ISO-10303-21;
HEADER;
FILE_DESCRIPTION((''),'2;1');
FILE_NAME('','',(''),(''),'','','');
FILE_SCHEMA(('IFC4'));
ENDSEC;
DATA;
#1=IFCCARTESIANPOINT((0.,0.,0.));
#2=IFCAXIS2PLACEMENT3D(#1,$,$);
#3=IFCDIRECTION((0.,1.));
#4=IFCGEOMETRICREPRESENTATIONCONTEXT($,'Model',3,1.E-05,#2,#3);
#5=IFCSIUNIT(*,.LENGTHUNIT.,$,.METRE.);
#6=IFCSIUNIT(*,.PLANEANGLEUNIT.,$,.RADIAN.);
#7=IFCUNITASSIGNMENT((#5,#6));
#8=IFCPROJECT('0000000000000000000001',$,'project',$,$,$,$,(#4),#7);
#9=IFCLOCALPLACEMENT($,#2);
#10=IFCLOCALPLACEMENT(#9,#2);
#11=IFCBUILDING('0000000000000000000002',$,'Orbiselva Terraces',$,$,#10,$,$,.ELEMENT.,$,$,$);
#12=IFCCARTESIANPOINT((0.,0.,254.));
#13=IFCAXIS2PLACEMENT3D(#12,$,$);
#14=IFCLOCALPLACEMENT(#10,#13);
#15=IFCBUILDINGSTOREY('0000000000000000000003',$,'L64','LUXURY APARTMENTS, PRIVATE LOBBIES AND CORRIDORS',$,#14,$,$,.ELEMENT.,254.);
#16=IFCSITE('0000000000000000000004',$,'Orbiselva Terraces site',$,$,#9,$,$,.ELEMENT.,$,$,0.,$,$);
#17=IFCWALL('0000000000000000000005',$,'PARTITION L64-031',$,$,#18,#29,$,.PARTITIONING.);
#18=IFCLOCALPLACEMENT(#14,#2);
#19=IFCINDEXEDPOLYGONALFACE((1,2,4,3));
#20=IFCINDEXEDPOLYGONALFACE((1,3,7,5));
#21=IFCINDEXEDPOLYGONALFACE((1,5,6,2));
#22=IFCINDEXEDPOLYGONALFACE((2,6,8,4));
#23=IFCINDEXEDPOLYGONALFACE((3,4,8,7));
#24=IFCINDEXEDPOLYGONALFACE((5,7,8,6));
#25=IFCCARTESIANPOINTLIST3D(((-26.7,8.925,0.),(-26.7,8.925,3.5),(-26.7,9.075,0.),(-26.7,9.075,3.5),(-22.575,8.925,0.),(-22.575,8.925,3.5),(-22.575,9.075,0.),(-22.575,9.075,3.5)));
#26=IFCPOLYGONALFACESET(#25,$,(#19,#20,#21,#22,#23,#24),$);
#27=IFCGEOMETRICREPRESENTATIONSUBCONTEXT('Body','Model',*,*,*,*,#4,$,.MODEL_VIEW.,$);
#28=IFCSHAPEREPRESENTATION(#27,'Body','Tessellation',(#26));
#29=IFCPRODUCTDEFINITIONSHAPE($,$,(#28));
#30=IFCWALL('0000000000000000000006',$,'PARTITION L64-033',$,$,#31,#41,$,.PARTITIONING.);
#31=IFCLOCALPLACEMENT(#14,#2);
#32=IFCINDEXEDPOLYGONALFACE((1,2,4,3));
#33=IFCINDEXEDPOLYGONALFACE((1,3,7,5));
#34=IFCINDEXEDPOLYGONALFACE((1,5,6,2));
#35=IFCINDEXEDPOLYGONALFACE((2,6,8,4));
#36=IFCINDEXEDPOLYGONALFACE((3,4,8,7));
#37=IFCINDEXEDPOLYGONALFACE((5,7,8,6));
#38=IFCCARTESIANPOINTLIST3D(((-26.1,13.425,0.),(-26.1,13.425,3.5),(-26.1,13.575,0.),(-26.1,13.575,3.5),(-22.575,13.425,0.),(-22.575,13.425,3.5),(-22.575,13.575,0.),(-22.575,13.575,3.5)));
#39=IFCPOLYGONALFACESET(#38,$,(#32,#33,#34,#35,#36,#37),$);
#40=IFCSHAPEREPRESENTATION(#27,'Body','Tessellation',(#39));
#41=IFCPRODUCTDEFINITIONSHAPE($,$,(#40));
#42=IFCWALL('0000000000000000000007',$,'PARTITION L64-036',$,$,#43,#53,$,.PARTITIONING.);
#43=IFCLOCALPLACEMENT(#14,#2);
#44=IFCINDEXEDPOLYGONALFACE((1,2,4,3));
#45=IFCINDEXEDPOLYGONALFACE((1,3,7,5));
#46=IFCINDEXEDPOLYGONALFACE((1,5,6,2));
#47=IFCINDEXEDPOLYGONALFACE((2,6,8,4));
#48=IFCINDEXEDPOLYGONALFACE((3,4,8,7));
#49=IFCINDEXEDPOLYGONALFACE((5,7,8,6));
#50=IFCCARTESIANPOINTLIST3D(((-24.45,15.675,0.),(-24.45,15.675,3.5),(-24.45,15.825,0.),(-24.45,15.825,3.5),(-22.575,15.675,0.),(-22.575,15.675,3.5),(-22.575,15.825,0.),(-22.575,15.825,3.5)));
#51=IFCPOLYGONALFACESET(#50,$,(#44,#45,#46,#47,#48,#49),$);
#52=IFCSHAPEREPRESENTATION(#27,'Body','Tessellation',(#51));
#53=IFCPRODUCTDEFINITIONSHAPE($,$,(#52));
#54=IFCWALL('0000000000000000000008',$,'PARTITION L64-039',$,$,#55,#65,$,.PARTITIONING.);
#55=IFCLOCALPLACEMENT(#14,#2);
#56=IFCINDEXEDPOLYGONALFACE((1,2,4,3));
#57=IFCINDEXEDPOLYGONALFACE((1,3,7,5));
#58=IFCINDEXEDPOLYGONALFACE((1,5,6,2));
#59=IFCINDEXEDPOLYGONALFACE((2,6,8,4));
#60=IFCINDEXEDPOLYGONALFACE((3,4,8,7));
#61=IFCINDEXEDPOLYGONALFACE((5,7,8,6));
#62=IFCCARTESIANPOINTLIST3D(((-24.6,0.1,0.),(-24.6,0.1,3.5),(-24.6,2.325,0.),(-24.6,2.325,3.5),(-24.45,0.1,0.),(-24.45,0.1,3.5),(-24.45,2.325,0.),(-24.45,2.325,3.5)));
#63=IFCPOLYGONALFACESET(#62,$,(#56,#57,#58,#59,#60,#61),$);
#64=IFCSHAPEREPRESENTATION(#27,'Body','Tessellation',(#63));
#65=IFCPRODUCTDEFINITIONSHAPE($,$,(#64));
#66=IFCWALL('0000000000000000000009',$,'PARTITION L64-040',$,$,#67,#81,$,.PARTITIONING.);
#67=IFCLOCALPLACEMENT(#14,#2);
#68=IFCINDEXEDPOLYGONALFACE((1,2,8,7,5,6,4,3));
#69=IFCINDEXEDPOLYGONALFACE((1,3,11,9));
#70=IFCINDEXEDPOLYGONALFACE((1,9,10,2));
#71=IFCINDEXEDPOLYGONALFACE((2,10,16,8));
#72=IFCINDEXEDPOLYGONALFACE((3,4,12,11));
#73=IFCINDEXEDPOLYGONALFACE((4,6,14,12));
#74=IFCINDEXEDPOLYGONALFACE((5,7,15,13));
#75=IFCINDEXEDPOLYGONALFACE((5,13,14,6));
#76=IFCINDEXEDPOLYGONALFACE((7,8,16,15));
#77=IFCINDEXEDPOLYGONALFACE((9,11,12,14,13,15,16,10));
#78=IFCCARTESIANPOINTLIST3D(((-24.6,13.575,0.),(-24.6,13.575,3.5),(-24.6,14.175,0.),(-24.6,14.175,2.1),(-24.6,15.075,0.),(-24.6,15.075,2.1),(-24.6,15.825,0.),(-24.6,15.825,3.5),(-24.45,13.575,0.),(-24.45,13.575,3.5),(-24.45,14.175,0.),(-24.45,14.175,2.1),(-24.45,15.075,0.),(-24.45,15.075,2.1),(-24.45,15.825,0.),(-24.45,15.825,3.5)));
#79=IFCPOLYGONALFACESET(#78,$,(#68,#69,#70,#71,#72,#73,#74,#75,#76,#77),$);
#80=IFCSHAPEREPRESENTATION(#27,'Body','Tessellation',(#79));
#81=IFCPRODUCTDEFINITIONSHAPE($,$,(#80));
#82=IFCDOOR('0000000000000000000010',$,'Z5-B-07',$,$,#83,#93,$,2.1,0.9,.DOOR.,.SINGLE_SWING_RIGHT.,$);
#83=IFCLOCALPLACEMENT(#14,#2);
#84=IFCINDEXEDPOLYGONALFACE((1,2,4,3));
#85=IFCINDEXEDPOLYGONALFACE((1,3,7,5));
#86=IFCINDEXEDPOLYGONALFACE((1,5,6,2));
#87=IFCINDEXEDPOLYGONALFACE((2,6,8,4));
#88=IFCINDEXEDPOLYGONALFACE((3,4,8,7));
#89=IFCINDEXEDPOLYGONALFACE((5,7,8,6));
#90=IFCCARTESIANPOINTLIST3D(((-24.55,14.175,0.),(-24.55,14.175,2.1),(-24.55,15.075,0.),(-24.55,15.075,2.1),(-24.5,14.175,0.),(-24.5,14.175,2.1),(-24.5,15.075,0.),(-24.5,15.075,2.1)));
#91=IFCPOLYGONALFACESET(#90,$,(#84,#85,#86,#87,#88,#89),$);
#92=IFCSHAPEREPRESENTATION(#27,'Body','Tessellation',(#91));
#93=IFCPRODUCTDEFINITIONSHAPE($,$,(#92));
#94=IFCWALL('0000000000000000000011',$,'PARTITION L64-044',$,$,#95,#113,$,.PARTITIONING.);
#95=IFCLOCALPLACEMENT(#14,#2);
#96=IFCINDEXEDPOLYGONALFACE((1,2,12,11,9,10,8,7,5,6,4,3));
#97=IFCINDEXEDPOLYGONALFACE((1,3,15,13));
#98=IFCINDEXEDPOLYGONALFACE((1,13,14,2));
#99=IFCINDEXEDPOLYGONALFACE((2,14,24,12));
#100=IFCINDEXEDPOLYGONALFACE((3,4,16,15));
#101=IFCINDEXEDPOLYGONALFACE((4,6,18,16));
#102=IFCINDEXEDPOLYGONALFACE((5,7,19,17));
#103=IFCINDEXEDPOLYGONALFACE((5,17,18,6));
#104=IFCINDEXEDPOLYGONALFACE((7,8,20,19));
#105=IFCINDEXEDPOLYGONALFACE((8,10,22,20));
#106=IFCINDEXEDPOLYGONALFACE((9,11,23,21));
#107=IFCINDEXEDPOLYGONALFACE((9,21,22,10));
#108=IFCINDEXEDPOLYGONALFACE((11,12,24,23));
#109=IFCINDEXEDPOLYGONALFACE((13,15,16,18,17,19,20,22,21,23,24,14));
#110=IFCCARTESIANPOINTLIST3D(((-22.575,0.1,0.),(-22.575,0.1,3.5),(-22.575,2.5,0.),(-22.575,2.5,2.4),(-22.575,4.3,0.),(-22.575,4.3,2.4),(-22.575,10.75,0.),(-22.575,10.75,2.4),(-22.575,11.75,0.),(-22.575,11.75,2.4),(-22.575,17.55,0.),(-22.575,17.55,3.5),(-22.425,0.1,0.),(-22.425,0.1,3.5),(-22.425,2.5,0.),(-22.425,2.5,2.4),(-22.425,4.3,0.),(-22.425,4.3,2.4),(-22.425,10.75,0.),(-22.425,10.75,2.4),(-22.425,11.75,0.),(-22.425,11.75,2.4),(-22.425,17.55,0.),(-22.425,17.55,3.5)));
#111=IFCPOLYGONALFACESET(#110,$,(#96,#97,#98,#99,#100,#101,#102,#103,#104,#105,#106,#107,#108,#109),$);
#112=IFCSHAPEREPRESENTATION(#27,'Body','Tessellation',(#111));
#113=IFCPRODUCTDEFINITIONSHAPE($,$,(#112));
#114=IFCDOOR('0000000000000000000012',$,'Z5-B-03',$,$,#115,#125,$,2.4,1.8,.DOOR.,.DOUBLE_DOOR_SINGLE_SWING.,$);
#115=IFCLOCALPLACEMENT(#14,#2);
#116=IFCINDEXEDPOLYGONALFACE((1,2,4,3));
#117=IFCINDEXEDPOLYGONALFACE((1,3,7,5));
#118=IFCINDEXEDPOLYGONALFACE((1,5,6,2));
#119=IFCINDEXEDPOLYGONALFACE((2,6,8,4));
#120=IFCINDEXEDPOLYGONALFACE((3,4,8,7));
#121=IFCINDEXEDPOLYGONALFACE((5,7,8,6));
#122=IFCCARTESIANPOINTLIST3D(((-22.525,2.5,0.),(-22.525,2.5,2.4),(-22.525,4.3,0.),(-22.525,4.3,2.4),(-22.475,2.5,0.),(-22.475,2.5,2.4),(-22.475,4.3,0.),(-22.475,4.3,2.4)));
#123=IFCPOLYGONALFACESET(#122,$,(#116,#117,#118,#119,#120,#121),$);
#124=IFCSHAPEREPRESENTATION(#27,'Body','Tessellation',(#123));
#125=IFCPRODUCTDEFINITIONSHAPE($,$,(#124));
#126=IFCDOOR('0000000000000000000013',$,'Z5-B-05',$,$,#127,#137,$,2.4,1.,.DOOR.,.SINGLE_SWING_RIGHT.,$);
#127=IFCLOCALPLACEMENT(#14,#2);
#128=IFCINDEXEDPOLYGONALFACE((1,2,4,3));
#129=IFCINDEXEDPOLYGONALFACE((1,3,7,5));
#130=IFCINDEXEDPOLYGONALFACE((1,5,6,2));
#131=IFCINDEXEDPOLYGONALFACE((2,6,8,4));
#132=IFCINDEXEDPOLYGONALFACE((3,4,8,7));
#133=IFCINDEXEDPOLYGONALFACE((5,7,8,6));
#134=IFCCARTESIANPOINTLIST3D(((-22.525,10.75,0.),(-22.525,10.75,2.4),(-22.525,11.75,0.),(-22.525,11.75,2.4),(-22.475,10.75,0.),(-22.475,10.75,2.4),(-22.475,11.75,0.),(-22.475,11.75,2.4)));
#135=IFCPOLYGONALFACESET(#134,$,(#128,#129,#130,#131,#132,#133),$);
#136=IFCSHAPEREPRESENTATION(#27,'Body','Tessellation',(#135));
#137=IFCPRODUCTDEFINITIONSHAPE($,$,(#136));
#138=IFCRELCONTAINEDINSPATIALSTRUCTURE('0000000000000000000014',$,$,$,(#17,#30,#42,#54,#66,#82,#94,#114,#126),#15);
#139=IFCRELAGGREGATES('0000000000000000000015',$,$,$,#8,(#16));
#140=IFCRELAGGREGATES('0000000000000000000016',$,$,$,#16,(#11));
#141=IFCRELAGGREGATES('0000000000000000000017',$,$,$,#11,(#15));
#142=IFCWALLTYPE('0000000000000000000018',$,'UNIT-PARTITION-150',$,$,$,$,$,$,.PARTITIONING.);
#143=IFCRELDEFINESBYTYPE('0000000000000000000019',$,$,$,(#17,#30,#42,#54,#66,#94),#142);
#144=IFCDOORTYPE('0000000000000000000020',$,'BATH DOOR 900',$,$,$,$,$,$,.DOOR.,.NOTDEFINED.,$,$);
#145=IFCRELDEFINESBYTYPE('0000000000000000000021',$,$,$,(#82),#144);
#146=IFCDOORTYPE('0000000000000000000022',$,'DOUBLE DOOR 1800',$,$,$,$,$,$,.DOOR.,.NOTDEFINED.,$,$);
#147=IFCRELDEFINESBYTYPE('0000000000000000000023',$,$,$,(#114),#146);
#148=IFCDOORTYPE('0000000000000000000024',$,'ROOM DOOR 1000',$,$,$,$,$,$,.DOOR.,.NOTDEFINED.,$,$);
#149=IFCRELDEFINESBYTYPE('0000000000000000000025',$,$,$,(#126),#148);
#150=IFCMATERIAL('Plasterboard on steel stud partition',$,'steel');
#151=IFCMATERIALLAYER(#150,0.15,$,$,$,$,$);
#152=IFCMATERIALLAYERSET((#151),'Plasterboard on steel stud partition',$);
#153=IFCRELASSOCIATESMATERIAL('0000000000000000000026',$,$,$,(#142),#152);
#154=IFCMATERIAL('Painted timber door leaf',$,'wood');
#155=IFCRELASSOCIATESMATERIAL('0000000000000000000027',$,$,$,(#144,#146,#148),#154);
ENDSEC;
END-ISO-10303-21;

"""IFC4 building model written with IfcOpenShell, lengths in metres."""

from ifc_helpers import new_model, si_unit, direction, frame, frame_2d, origin, place, context, subcontext, project, spatial, rectangle, extrude, material, layer, layer_set, type_object, element, fill, save


model = new_model("IFC4")

# Units and contexts
model_context = context("Model", 3, precision=1e-05, world=origin(), true_north=direction((0.0, 1.0)))
body_context = subcontext(model_context, "Body", "Model", "MODEL_VIEW")
ifc_project = project(units=[si_unit("LENGTHUNIT", "METRE"), si_unit("PLANEANGLEUNIT", "RADIAN")], contexts=[model_context])

# Site, building, storey
site_placement = place(None, origin())
site = spatial("IfcSite", under=ifc_project, at=site_placement, Name="Orbiselva Terraces site", CompositionType="ELEMENT", RefElevation=0.0)
building_placement = place(site_placement, origin())
building = spatial("IfcBuilding", under=site, at=building_placement, Name="Orbiselva Terraces", CompositionType="ELEMENT")
storey_placement = place(building_placement, frame((0.0, 0.0, 254.0)))
storey = spatial("IfcBuildingStorey", under=building, at=storey_placement, Name="L64", Description="LUXURY APARTMENTS, PRIVATE LOBBIES AND CORRIDORS", CompositionType="ELEMENT", Elevation=254.0)

# Shared definitions
ifc_material_1 = material(Name="Plasterboard on steel stud partition", Category="steel")
ifc_material_2 = material(Name="Painted timber door leaf", Category="wood")

# Shared definitions
ifc_layer_1 = layer(ifc_material_1, 0.15)
ifc_layer_set_1 = layer_set([ifc_layer_1], Name="Plasterboard on steel stud partition")
wall_type_1 = type_object("IfcWallType", Name="UNIT-PARTITION-150", PredefinedType="PARTITIONING", material=ifc_layer_set_1)
door_type_1 = type_object("IfcDoorType", Name="BATH DOOR 900", OperationType="NOTDEFINED", PredefinedType="DOOR", material=ifc_material_2)

# Walls
wall_1_placement = place(storey_placement, frame((-26.7, 9.0, 0.0), z_axis=(0.0, 0.0, 1.0), x_axis=(1.0, 0.0, 0.0)))
element("IfcWall", 1, at=wall_1_placement, inside=storey, type_object=wall_type_1, Name="PARTITION L64-031", PredefinedType="PARTITIONING", context=body_context, shape_type="SweptSolid", body=[
    extrude(rectangle(XDim=4.125, YDim=0.15, at=frame_2d((2.0625, 0.0))), origin(), (0.0, 0.0, 1.0), 3.5),
])
wall_2_placement = place(storey_placement, frame((-26.1, 13.5, 0.0), z_axis=(0.0, 0.0, 1.0), x_axis=(1.0, 0.0, 0.0)))
element("IfcWall", 2, at=wall_2_placement, inside=storey, type_object=wall_type_1, Name="PARTITION L64-033", PredefinedType="PARTITIONING", context=body_context, shape_type="SweptSolid", body=[
    extrude(rectangle(XDim=3.525, YDim=0.15, at=frame_2d((1.7625, 0.0))), origin(), (0.0, 0.0, 1.0), 3.5),
])
wall_3_placement = place(storey_placement, frame((-24.45, 15.75, 0.0), z_axis=(0.0, 0.0, 1.0), x_axis=(1.0, 0.0, 0.0)))
element("IfcWall", 3, at=wall_3_placement, inside=storey, type_object=wall_type_1, Name="PARTITION L64-036", PredefinedType="PARTITIONING", context=body_context, shape_type="SweptSolid", body=[
    extrude(rectangle(XDim=1.875, YDim=0.15, at=frame_2d((0.9375, 0.0))), origin(), (0.0, 0.0, 1.0), 3.5),
])
wall_4_placement = place(storey_placement, frame((-24.525, 0.1, 0.0), z_axis=(0.0, 0.0, 1.0), x_axis=(0.0, 1.0, 0.0)))
element("IfcWall", 4, at=wall_4_placement, inside=storey, type_object=wall_type_1, Name="PARTITION L64-039", PredefinedType="PARTITIONING", context=body_context, shape_type="SweptSolid", body=[
    extrude(rectangle(XDim=2.225, YDim=0.15, at=frame_2d((1.1125, 0.0))), origin(), (0.0, 0.0, 1.0), 3.5),
])

# Wall, opening, door
wall_5_placement = place(storey_placement, frame((-24.525, 15.825, 0.0), z_axis=(0.0, 0.0, 1.0), x_axis=(0.0, -1.0, 0.0)))
wall_5 = element("IfcWall", 5, at=wall_5_placement, inside=storey, type_object=wall_type_1, Name="PARTITION L64-040", PredefinedType="PARTITIONING", context=body_context, shape_type="SweptSolid", body=[
    extrude(rectangle(XDim=2.25, YDim=0.15, at=frame_2d((1.125, 0.0))), origin(), (0.0, 0.0, 1.0), 3.5),
])
opening_1_placement = place(wall_5_placement, frame((0.75, 0.0, 0.0)))
opening_1 = element("IfcOpeningElement", 6, at=opening_1_placement, cuts=wall_5, PredefinedType="OPENING", context=body_context, shape_type="SweptSolid", body=[
    extrude(rectangle(XDim=0.9, YDim=2.1, at=frame_2d((0.45, 1.05))), frame((0.0, 0.085, 0.0), z_axis=(0.0, -1.0, 0.0), x_axis=(1.0, 0.0, 0.0)), (0.0, 0.0, 1.0), 0.17),
])
door_1_placement = place(opening_1_placement, origin())
door_1 = element("IfcDoor", 7, at=door_1_placement, inside=storey, type_object=door_type_1, Name="Z5-B-07", OperationType="SINGLE_SWING_RIGHT", OverallHeight=2.1, OverallWidth=0.9, PredefinedType="DOOR", context=body_context, shape_type="SweptSolid", body=[
    extrude(rectangle(XDim=0.9, YDim=2.1, at=frame_2d((0.45, 1.05))), frame((0.0, 0.025, 0.0), z_axis=(0.0, -1.0, 0.0), x_axis=(1.0, 0.0, 0.0)), (0.0, 0.0, 1.0), 0.05),
])
fill(opening_1, door_1)

# Wall, openings, doors
wall_6_placement = place(storey_placement, frame((-22.5, 0.1, 0.0), z_axis=(0.0, 0.0, 1.0), x_axis=(0.0, 1.0, 0.0)))
wall_6 = element("IfcWall", 8, at=wall_6_placement, inside=storey, type_object=wall_type_1, Name="PARTITION L64-044", PredefinedType="PARTITIONING", context=body_context, shape_type="SweptSolid", body=[
    extrude(rectangle(XDim=17.45, YDim=0.15, at=frame_2d((8.725, 0.0))), origin(), (0.0, 0.0, 1.0), 3.5),
])
opening_2_placement = place(wall_6_placement, frame((2.4, 0.0, 0.0)))
opening_2 = element("IfcOpeningElement", 9, at=opening_2_placement, cuts=wall_6, PredefinedType="OPENING", context=body_context, shape_type="SweptSolid", body=[
    extrude(rectangle(XDim=1.8, YDim=2.4, at=frame_2d((0.9, 1.2))), frame((0.0, 0.085, 0.0), z_axis=(0.0, -1.0, 0.0), x_axis=(1.0, 0.0, 0.0)), (0.0, 0.0, 1.0), 0.17),
])
opening_3_placement = place(wall_6_placement, frame((10.65, 0.0, 0.0)))
opening_3 = element("IfcOpeningElement", 10, at=opening_3_placement, cuts=wall_6, PredefinedType="OPENING", context=body_context, shape_type="SweptSolid", body=[
    extrude(rectangle(XDim=1.0, YDim=2.4, at=frame_2d((0.5, 1.2))), frame((0.0, 0.085, 0.0), z_axis=(0.0, -1.0, 0.0), x_axis=(1.0, 0.0, 0.0)), (0.0, 0.0, 1.0), 0.17),
])
door_type_2 = type_object("IfcDoorType", Name="DOUBLE DOOR 1800", OperationType="NOTDEFINED", PredefinedType="DOOR", material=ifc_material_2)
door_2_placement = place(opening_2_placement, origin())
door_2 = element("IfcDoor", 11, at=door_2_placement, inside=storey, type_object=door_type_2, Name="Z5-B-03", OperationType="DOUBLE_DOOR_SINGLE_SWING", OverallHeight=2.4, OverallWidth=1.8, PredefinedType="DOOR", context=body_context, shape_type="SweptSolid", body=[
    extrude(rectangle(XDim=1.8, YDim=2.4, at=frame_2d((0.9, 1.2))), frame((0.0, 0.025, 0.0), z_axis=(0.0, -1.0, 0.0), x_axis=(1.0, 0.0, 0.0)), (0.0, 0.0, 1.0), 0.05),
])
fill(opening_2, door_2)
door_type_3 = type_object("IfcDoorType", Name="ROOM DOOR 1000", OperationType="NOTDEFINED", PredefinedType="DOOR", material=ifc_material_2)
door_3_placement = place(opening_3_placement, origin())
door_3 = element("IfcDoor", 12, at=door_3_placement, inside=storey, type_object=door_type_3, Name="Z5-B-05", OperationType="SINGLE_SWING_RIGHT", OverallHeight=2.4, OverallWidth=1.0, PredefinedType="DOOR", context=body_context, shape_type="SweptSolid", body=[
    extrude(rectangle(XDim=1.0, YDim=2.4, at=frame_2d((0.5, 1.2))), frame((0.0, 0.025, 0.0), z_axis=(0.0, -1.0, 0.0), x_axis=(1.0, 0.0, 0.0)), (0.0, 0.0, 1.0), 0.05),
])
fill(opening_3, door_3)

save(model, "model.ifc")
